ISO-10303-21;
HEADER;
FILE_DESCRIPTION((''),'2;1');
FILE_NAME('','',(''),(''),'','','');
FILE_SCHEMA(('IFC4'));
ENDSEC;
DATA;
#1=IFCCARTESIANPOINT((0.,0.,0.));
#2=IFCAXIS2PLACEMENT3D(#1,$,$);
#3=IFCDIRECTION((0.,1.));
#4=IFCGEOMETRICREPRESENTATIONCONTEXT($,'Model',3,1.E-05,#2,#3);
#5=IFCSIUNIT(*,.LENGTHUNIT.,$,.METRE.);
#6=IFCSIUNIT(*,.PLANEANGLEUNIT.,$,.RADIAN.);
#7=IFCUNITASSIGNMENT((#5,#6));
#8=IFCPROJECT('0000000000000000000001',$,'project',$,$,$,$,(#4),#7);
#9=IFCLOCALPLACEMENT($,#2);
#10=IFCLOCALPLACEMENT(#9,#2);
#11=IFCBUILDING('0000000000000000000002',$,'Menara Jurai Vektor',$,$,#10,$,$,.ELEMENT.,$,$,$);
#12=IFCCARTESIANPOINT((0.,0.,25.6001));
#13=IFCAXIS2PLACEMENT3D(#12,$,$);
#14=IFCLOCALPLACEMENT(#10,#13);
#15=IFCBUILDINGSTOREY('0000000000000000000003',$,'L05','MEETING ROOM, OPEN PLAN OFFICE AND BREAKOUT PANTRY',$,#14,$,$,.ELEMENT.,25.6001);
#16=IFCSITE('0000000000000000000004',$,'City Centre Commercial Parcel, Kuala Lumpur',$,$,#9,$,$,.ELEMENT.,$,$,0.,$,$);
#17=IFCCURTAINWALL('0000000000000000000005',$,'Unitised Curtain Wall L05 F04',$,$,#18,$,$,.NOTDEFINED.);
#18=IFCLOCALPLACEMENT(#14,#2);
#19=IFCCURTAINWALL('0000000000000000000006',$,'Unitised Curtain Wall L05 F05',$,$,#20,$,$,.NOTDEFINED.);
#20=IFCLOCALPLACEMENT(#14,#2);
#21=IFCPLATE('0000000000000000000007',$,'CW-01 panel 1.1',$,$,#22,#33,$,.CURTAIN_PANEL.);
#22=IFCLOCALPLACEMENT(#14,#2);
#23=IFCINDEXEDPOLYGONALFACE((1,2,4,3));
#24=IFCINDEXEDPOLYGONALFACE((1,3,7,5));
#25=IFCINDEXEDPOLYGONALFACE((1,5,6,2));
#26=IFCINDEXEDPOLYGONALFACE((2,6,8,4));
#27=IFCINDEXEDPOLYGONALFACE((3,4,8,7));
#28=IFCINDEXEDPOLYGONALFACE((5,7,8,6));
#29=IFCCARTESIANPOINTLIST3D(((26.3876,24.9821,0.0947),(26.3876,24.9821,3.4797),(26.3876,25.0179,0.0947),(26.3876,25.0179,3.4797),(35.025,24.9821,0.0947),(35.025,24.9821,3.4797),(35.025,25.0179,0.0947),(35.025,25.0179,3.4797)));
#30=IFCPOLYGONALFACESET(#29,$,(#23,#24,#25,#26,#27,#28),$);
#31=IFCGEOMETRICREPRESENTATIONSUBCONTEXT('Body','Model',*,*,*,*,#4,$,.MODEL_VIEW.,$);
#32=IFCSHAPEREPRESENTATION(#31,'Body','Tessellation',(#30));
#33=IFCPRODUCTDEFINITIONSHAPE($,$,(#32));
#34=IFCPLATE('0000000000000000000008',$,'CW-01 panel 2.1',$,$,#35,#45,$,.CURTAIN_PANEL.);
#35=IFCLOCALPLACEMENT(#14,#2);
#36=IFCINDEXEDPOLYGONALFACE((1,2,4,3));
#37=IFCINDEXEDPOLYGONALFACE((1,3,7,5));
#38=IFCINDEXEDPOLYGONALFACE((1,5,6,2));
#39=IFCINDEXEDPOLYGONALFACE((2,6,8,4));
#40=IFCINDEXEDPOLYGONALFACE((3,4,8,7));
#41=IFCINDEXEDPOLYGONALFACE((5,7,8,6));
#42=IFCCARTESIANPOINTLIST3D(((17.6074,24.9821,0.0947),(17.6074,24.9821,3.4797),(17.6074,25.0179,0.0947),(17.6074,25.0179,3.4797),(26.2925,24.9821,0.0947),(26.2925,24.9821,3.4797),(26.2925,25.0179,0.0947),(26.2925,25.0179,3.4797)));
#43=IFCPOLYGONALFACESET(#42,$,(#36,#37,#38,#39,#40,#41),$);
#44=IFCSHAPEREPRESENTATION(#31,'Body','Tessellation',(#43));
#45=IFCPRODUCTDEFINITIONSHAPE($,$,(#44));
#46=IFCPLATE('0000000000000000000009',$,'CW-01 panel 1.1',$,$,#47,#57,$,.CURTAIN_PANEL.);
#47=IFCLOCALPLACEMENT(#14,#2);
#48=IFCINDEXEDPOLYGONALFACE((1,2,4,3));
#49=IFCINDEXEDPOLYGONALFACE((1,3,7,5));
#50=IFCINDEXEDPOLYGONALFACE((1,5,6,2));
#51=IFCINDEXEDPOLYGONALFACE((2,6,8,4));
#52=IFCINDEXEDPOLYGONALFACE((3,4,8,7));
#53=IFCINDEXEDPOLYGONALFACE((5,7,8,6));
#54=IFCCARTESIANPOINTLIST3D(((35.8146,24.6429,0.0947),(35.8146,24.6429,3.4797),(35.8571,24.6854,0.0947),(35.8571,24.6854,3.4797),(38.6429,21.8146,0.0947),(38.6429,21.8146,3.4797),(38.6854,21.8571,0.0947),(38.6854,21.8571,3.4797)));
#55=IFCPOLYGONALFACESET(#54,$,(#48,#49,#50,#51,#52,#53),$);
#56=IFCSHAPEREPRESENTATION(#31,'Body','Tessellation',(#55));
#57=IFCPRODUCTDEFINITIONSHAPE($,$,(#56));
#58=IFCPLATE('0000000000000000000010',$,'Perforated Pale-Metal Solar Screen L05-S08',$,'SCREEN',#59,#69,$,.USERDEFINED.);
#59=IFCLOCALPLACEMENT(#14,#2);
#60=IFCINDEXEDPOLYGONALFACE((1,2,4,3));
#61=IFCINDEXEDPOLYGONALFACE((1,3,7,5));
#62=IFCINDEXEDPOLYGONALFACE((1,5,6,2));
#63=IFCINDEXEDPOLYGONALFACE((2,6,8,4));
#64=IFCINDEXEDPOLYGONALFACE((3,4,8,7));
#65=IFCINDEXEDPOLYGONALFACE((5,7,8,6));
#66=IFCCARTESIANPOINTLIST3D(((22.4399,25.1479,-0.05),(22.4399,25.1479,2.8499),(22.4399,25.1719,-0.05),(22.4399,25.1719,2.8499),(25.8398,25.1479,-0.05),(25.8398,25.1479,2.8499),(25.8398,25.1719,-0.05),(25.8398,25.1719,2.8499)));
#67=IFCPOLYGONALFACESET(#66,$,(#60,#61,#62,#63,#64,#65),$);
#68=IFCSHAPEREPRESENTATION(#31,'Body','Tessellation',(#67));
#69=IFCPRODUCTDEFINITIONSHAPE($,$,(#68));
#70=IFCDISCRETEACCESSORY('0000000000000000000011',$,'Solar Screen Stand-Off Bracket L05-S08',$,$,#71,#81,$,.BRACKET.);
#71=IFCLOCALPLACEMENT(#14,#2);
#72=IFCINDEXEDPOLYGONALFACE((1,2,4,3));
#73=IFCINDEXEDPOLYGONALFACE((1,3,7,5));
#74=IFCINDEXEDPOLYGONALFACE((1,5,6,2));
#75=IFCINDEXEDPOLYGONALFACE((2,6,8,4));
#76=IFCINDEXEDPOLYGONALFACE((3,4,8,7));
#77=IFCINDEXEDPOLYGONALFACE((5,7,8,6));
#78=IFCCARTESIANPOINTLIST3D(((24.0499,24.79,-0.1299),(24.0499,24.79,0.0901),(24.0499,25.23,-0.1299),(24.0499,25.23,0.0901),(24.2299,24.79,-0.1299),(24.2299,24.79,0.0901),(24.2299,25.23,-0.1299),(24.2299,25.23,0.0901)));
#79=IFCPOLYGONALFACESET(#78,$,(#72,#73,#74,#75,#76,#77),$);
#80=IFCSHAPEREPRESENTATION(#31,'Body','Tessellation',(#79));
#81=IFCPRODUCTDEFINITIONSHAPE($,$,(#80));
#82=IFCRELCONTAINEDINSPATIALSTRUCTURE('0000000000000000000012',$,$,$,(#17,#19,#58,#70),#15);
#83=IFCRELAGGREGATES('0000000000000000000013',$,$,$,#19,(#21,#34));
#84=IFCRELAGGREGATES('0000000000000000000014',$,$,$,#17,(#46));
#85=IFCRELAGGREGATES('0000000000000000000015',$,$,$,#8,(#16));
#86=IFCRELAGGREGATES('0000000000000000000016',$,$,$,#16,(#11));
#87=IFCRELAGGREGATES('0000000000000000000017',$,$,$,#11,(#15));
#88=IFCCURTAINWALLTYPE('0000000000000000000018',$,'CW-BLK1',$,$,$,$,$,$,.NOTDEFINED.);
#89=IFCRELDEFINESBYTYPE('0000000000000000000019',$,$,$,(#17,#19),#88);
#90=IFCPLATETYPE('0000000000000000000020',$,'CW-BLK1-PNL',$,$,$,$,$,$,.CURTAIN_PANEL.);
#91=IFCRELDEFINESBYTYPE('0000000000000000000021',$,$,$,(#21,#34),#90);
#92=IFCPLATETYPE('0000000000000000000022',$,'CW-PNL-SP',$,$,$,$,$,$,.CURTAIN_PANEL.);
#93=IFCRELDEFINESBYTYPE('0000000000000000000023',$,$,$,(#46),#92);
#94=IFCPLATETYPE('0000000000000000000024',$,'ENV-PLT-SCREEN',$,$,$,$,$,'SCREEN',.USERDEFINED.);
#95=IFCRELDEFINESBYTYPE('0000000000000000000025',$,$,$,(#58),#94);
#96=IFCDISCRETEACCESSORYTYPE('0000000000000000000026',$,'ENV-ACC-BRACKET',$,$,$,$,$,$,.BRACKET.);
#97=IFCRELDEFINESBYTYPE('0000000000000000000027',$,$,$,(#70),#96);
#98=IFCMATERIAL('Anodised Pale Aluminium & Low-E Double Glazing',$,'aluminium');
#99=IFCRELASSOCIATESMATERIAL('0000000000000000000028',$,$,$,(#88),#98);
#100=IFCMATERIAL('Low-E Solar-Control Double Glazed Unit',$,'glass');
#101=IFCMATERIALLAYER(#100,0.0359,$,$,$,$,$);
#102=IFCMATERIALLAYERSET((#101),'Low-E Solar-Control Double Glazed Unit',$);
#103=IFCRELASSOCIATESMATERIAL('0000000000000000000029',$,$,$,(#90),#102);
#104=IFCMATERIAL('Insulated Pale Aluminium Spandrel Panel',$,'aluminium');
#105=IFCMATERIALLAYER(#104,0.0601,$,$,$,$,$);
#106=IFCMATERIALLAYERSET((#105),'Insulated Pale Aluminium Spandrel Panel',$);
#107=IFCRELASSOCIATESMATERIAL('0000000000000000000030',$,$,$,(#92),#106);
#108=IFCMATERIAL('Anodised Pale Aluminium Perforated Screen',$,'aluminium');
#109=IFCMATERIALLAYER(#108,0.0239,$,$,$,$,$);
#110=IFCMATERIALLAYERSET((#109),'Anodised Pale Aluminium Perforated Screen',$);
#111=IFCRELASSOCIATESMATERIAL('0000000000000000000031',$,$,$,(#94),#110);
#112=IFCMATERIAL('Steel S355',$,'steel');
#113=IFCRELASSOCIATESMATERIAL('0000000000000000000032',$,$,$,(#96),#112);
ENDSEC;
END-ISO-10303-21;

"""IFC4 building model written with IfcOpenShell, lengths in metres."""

from ifc_helpers import new_model, si_unit, direction, frame, origin, origin_2d, place, context, subcontext, project, spatial, rectangle, extrude, material, layer, layer_set, type_object, element, aggregate, save


model = new_model("IFC4")

# Units and contexts
model_context = context("Model", 3, precision=1e-05, world=origin(), true_north=direction((0.0, 1.0)))
body_context = subcontext(model_context, "Body", "Model", "MODEL_VIEW")
ifc_project = project(units=[si_unit("LENGTHUNIT", "METRE"), si_unit("PLANEANGLEUNIT", "RADIAN")], contexts=[model_context])

# Site, building, storey
site_placement = place(None, origin())
site = spatial("IfcSite", under=ifc_project, at=site_placement, Name="City Centre Commercial Parcel, Kuala Lumpur", CompositionType="ELEMENT", RefElevation=0.0)
building_placement = place(site_placement, origin())
building = spatial("IfcBuilding", under=site, at=building_placement, Name="Menara Jurai Vektor", CompositionType="ELEMENT")
storey_placement = place(building_placement, frame((0.0, 0.0, 25.6001)))
storey = spatial("IfcBuildingStorey", under=building, at=storey_placement, Name="L05", Description="MEETING ROOM, OPEN PLAN OFFICE AND BREAKOUT PANTRY", CompositionType="ELEMENT", Elevation=25.6001)

# Curtain walls
ifc_material_1 = material(Name="Anodised Pale Aluminium & Low-E Double Glazing", Category="aluminium")
curtain_wall_type = type_object("IfcCurtainWallType", Name="CW-BLK1", PredefinedType="NOTDEFINED", material=ifc_material_1)
curtain_wall_1_placement = place(storey_placement, origin())
curtain_wall_1 = element("IfcCurtainWall", 1, at=curtain_wall_1_placement, inside=storey, type_object=curtain_wall_type, Name="Unitised Curtain Wall L05 F04", PredefinedType="NOTDEFINED")
curtain_wall_2_placement = place(storey_placement, origin())
curtain_wall_2 = element("IfcCurtainWall", 2, at=curtain_wall_2_placement, inside=storey, type_object=curtain_wall_type, Name="Unitised Curtain Wall L05 F05", PredefinedType="NOTDEFINED")

# Shared definitions
ifc_material_2 = material(Name="Steel S355", Category="steel")

# Plates
ifc_material_3 = material(Name="Low-E Solar-Control Double Glazed Unit", Category="glass")
ifc_layer_1 = layer(ifc_material_3, 0.0359)
ifc_layer_set_1 = layer_set([ifc_layer_1], Name="Low-E Solar-Control Double Glazed Unit")
plate_type_1 = type_object("IfcPlateType", Name="CW-BLK1-PNL", PredefinedType="CURTAIN_PANEL", material=ifc_layer_set_1)
plate_1_placement = place(storey_placement, frame((30.7063, 25.0, 0.0947), z_axis=(0.0, 0.0, 1.0), x_axis=(-1.0, 0.0, 0.0)))
plate_1 = element("IfcPlate", 3, at=plate_1_placement, type_object=plate_type_1, Name="CW-01 panel 1.1", PredefinedType="CURTAIN_PANEL", context=body_context, shape_type="SweptSolid", body=[
    extrude(rectangle(XDim=8.6375, YDim=0.0359, at=origin_2d()), origin(), (0.0, 0.0, 1.0), 3.385),
])
plate_2_placement = place(storey_placement, frame((21.95, 25.0, 0.0947), z_axis=(0.0, 0.0, 1.0), x_axis=(-1.0, 0.0, 0.0)))
plate_2 = element("IfcPlate", 4, at=plate_2_placement, type_object=plate_type_1, Name="CW-01 panel 2.1", PredefinedType="CURTAIN_PANEL", context=body_context, shape_type="SweptSolid", body=[
    extrude(rectangle(XDim=8.6851, YDim=0.0359, at=origin_2d()), origin(), (0.0, 0.0, 1.0), 3.385),
])
aggregate(curtain_wall_2, [plate_1, plate_2])
ifc_material_4 = material(Name="Insulated Pale Aluminium Spandrel Panel", Category="aluminium")
ifc_layer_2 = layer(ifc_material_4, 0.0601)
ifc_layer_set_2 = layer_set([ifc_layer_2], Name="Insulated Pale Aluminium Spandrel Panel")
plate_type_2 = type_object("IfcPlateType", Name="CW-PNL-SP", PredefinedType="CURTAIN_PANEL", material=ifc_layer_set_2)
plate_3_placement = place(storey_placement, frame((37.25, 23.25, 0.0947), z_axis=(0.0, 0.0, 1.0), x_axis=(-0.707107, 0.707107, 0.0)))
plate_3 = element("IfcPlate", 5, at=plate_3_placement, type_object=plate_type_2, Name="CW-01 panel 1.1", PredefinedType="CURTAIN_PANEL", context=body_context, shape_type="SweptSolid", body=[
    extrude(rectangle(XDim=3.9998, YDim=0.0601, at=origin_2d()), origin(), (0.0, 0.0, 1.0), 3.385),
])
aggregate(curtain_wall_1, [plate_3])
ifc_material_5 = material(Name="Anodised Pale Aluminium Perforated Screen", Category="aluminium")
ifc_layer_3 = layer(ifc_material_5, 0.0239)
ifc_layer_set_3 = layer_set([ifc_layer_3], Name="Anodised Pale Aluminium Perforated Screen")
plate_type_3 = type_object("IfcPlateType", Name="ENV-PLT-SCREEN", ElementType="SCREEN", PredefinedType="USERDEFINED", material=ifc_layer_set_3)
plate_4_placement = place(storey_placement, frame((24.1399, 25.1599, -0.05), z_axis=(0.0, 0.0, 1.0), x_axis=(-1.0, 0.0, 0.0)))
element("IfcPlate", 6, at=plate_4_placement, inside=storey, type_object=plate_type_3, Name="Perforated Pale-Metal Solar Screen L05-S08", ObjectType="SCREEN", PredefinedType="USERDEFINED", context=body_context, shape_type="SweptSolid", body=[
    extrude(rectangle(XDim=3.3999, YDim=0.0239, at=origin_2d()), origin(), (0.0, 0.0, 1.0), 2.8999),
])

# Discrete accessory
discrete_accessory_type = type_object("IfcDiscreteAccessoryType", Name="ENV-ACC-BRACKET", PredefinedType="BRACKET", material=ifc_material_2)
discrete_accessory_placement = place(storey_placement, frame((24.1399, 25.01, -0.1299), z_axis=(0.0, 0.0, 1.0), x_axis=(-1.0, 0.0, 0.0)))
element("IfcDiscreteAccessory", 7, at=discrete_accessory_placement, inside=storey, type_object=discrete_accessory_type, Name="Solar Screen Stand-Off Bracket L05-S08", PredefinedType="BRACKET", context=body_context, shape_type="SweptSolid", body=[
    extrude(rectangle(XDim=0.1799, YDim=0.4399, at=origin_2d()), origin(), (0.0, 0.0, 1.0), 0.22),
])

save(model, "model.ifc")
